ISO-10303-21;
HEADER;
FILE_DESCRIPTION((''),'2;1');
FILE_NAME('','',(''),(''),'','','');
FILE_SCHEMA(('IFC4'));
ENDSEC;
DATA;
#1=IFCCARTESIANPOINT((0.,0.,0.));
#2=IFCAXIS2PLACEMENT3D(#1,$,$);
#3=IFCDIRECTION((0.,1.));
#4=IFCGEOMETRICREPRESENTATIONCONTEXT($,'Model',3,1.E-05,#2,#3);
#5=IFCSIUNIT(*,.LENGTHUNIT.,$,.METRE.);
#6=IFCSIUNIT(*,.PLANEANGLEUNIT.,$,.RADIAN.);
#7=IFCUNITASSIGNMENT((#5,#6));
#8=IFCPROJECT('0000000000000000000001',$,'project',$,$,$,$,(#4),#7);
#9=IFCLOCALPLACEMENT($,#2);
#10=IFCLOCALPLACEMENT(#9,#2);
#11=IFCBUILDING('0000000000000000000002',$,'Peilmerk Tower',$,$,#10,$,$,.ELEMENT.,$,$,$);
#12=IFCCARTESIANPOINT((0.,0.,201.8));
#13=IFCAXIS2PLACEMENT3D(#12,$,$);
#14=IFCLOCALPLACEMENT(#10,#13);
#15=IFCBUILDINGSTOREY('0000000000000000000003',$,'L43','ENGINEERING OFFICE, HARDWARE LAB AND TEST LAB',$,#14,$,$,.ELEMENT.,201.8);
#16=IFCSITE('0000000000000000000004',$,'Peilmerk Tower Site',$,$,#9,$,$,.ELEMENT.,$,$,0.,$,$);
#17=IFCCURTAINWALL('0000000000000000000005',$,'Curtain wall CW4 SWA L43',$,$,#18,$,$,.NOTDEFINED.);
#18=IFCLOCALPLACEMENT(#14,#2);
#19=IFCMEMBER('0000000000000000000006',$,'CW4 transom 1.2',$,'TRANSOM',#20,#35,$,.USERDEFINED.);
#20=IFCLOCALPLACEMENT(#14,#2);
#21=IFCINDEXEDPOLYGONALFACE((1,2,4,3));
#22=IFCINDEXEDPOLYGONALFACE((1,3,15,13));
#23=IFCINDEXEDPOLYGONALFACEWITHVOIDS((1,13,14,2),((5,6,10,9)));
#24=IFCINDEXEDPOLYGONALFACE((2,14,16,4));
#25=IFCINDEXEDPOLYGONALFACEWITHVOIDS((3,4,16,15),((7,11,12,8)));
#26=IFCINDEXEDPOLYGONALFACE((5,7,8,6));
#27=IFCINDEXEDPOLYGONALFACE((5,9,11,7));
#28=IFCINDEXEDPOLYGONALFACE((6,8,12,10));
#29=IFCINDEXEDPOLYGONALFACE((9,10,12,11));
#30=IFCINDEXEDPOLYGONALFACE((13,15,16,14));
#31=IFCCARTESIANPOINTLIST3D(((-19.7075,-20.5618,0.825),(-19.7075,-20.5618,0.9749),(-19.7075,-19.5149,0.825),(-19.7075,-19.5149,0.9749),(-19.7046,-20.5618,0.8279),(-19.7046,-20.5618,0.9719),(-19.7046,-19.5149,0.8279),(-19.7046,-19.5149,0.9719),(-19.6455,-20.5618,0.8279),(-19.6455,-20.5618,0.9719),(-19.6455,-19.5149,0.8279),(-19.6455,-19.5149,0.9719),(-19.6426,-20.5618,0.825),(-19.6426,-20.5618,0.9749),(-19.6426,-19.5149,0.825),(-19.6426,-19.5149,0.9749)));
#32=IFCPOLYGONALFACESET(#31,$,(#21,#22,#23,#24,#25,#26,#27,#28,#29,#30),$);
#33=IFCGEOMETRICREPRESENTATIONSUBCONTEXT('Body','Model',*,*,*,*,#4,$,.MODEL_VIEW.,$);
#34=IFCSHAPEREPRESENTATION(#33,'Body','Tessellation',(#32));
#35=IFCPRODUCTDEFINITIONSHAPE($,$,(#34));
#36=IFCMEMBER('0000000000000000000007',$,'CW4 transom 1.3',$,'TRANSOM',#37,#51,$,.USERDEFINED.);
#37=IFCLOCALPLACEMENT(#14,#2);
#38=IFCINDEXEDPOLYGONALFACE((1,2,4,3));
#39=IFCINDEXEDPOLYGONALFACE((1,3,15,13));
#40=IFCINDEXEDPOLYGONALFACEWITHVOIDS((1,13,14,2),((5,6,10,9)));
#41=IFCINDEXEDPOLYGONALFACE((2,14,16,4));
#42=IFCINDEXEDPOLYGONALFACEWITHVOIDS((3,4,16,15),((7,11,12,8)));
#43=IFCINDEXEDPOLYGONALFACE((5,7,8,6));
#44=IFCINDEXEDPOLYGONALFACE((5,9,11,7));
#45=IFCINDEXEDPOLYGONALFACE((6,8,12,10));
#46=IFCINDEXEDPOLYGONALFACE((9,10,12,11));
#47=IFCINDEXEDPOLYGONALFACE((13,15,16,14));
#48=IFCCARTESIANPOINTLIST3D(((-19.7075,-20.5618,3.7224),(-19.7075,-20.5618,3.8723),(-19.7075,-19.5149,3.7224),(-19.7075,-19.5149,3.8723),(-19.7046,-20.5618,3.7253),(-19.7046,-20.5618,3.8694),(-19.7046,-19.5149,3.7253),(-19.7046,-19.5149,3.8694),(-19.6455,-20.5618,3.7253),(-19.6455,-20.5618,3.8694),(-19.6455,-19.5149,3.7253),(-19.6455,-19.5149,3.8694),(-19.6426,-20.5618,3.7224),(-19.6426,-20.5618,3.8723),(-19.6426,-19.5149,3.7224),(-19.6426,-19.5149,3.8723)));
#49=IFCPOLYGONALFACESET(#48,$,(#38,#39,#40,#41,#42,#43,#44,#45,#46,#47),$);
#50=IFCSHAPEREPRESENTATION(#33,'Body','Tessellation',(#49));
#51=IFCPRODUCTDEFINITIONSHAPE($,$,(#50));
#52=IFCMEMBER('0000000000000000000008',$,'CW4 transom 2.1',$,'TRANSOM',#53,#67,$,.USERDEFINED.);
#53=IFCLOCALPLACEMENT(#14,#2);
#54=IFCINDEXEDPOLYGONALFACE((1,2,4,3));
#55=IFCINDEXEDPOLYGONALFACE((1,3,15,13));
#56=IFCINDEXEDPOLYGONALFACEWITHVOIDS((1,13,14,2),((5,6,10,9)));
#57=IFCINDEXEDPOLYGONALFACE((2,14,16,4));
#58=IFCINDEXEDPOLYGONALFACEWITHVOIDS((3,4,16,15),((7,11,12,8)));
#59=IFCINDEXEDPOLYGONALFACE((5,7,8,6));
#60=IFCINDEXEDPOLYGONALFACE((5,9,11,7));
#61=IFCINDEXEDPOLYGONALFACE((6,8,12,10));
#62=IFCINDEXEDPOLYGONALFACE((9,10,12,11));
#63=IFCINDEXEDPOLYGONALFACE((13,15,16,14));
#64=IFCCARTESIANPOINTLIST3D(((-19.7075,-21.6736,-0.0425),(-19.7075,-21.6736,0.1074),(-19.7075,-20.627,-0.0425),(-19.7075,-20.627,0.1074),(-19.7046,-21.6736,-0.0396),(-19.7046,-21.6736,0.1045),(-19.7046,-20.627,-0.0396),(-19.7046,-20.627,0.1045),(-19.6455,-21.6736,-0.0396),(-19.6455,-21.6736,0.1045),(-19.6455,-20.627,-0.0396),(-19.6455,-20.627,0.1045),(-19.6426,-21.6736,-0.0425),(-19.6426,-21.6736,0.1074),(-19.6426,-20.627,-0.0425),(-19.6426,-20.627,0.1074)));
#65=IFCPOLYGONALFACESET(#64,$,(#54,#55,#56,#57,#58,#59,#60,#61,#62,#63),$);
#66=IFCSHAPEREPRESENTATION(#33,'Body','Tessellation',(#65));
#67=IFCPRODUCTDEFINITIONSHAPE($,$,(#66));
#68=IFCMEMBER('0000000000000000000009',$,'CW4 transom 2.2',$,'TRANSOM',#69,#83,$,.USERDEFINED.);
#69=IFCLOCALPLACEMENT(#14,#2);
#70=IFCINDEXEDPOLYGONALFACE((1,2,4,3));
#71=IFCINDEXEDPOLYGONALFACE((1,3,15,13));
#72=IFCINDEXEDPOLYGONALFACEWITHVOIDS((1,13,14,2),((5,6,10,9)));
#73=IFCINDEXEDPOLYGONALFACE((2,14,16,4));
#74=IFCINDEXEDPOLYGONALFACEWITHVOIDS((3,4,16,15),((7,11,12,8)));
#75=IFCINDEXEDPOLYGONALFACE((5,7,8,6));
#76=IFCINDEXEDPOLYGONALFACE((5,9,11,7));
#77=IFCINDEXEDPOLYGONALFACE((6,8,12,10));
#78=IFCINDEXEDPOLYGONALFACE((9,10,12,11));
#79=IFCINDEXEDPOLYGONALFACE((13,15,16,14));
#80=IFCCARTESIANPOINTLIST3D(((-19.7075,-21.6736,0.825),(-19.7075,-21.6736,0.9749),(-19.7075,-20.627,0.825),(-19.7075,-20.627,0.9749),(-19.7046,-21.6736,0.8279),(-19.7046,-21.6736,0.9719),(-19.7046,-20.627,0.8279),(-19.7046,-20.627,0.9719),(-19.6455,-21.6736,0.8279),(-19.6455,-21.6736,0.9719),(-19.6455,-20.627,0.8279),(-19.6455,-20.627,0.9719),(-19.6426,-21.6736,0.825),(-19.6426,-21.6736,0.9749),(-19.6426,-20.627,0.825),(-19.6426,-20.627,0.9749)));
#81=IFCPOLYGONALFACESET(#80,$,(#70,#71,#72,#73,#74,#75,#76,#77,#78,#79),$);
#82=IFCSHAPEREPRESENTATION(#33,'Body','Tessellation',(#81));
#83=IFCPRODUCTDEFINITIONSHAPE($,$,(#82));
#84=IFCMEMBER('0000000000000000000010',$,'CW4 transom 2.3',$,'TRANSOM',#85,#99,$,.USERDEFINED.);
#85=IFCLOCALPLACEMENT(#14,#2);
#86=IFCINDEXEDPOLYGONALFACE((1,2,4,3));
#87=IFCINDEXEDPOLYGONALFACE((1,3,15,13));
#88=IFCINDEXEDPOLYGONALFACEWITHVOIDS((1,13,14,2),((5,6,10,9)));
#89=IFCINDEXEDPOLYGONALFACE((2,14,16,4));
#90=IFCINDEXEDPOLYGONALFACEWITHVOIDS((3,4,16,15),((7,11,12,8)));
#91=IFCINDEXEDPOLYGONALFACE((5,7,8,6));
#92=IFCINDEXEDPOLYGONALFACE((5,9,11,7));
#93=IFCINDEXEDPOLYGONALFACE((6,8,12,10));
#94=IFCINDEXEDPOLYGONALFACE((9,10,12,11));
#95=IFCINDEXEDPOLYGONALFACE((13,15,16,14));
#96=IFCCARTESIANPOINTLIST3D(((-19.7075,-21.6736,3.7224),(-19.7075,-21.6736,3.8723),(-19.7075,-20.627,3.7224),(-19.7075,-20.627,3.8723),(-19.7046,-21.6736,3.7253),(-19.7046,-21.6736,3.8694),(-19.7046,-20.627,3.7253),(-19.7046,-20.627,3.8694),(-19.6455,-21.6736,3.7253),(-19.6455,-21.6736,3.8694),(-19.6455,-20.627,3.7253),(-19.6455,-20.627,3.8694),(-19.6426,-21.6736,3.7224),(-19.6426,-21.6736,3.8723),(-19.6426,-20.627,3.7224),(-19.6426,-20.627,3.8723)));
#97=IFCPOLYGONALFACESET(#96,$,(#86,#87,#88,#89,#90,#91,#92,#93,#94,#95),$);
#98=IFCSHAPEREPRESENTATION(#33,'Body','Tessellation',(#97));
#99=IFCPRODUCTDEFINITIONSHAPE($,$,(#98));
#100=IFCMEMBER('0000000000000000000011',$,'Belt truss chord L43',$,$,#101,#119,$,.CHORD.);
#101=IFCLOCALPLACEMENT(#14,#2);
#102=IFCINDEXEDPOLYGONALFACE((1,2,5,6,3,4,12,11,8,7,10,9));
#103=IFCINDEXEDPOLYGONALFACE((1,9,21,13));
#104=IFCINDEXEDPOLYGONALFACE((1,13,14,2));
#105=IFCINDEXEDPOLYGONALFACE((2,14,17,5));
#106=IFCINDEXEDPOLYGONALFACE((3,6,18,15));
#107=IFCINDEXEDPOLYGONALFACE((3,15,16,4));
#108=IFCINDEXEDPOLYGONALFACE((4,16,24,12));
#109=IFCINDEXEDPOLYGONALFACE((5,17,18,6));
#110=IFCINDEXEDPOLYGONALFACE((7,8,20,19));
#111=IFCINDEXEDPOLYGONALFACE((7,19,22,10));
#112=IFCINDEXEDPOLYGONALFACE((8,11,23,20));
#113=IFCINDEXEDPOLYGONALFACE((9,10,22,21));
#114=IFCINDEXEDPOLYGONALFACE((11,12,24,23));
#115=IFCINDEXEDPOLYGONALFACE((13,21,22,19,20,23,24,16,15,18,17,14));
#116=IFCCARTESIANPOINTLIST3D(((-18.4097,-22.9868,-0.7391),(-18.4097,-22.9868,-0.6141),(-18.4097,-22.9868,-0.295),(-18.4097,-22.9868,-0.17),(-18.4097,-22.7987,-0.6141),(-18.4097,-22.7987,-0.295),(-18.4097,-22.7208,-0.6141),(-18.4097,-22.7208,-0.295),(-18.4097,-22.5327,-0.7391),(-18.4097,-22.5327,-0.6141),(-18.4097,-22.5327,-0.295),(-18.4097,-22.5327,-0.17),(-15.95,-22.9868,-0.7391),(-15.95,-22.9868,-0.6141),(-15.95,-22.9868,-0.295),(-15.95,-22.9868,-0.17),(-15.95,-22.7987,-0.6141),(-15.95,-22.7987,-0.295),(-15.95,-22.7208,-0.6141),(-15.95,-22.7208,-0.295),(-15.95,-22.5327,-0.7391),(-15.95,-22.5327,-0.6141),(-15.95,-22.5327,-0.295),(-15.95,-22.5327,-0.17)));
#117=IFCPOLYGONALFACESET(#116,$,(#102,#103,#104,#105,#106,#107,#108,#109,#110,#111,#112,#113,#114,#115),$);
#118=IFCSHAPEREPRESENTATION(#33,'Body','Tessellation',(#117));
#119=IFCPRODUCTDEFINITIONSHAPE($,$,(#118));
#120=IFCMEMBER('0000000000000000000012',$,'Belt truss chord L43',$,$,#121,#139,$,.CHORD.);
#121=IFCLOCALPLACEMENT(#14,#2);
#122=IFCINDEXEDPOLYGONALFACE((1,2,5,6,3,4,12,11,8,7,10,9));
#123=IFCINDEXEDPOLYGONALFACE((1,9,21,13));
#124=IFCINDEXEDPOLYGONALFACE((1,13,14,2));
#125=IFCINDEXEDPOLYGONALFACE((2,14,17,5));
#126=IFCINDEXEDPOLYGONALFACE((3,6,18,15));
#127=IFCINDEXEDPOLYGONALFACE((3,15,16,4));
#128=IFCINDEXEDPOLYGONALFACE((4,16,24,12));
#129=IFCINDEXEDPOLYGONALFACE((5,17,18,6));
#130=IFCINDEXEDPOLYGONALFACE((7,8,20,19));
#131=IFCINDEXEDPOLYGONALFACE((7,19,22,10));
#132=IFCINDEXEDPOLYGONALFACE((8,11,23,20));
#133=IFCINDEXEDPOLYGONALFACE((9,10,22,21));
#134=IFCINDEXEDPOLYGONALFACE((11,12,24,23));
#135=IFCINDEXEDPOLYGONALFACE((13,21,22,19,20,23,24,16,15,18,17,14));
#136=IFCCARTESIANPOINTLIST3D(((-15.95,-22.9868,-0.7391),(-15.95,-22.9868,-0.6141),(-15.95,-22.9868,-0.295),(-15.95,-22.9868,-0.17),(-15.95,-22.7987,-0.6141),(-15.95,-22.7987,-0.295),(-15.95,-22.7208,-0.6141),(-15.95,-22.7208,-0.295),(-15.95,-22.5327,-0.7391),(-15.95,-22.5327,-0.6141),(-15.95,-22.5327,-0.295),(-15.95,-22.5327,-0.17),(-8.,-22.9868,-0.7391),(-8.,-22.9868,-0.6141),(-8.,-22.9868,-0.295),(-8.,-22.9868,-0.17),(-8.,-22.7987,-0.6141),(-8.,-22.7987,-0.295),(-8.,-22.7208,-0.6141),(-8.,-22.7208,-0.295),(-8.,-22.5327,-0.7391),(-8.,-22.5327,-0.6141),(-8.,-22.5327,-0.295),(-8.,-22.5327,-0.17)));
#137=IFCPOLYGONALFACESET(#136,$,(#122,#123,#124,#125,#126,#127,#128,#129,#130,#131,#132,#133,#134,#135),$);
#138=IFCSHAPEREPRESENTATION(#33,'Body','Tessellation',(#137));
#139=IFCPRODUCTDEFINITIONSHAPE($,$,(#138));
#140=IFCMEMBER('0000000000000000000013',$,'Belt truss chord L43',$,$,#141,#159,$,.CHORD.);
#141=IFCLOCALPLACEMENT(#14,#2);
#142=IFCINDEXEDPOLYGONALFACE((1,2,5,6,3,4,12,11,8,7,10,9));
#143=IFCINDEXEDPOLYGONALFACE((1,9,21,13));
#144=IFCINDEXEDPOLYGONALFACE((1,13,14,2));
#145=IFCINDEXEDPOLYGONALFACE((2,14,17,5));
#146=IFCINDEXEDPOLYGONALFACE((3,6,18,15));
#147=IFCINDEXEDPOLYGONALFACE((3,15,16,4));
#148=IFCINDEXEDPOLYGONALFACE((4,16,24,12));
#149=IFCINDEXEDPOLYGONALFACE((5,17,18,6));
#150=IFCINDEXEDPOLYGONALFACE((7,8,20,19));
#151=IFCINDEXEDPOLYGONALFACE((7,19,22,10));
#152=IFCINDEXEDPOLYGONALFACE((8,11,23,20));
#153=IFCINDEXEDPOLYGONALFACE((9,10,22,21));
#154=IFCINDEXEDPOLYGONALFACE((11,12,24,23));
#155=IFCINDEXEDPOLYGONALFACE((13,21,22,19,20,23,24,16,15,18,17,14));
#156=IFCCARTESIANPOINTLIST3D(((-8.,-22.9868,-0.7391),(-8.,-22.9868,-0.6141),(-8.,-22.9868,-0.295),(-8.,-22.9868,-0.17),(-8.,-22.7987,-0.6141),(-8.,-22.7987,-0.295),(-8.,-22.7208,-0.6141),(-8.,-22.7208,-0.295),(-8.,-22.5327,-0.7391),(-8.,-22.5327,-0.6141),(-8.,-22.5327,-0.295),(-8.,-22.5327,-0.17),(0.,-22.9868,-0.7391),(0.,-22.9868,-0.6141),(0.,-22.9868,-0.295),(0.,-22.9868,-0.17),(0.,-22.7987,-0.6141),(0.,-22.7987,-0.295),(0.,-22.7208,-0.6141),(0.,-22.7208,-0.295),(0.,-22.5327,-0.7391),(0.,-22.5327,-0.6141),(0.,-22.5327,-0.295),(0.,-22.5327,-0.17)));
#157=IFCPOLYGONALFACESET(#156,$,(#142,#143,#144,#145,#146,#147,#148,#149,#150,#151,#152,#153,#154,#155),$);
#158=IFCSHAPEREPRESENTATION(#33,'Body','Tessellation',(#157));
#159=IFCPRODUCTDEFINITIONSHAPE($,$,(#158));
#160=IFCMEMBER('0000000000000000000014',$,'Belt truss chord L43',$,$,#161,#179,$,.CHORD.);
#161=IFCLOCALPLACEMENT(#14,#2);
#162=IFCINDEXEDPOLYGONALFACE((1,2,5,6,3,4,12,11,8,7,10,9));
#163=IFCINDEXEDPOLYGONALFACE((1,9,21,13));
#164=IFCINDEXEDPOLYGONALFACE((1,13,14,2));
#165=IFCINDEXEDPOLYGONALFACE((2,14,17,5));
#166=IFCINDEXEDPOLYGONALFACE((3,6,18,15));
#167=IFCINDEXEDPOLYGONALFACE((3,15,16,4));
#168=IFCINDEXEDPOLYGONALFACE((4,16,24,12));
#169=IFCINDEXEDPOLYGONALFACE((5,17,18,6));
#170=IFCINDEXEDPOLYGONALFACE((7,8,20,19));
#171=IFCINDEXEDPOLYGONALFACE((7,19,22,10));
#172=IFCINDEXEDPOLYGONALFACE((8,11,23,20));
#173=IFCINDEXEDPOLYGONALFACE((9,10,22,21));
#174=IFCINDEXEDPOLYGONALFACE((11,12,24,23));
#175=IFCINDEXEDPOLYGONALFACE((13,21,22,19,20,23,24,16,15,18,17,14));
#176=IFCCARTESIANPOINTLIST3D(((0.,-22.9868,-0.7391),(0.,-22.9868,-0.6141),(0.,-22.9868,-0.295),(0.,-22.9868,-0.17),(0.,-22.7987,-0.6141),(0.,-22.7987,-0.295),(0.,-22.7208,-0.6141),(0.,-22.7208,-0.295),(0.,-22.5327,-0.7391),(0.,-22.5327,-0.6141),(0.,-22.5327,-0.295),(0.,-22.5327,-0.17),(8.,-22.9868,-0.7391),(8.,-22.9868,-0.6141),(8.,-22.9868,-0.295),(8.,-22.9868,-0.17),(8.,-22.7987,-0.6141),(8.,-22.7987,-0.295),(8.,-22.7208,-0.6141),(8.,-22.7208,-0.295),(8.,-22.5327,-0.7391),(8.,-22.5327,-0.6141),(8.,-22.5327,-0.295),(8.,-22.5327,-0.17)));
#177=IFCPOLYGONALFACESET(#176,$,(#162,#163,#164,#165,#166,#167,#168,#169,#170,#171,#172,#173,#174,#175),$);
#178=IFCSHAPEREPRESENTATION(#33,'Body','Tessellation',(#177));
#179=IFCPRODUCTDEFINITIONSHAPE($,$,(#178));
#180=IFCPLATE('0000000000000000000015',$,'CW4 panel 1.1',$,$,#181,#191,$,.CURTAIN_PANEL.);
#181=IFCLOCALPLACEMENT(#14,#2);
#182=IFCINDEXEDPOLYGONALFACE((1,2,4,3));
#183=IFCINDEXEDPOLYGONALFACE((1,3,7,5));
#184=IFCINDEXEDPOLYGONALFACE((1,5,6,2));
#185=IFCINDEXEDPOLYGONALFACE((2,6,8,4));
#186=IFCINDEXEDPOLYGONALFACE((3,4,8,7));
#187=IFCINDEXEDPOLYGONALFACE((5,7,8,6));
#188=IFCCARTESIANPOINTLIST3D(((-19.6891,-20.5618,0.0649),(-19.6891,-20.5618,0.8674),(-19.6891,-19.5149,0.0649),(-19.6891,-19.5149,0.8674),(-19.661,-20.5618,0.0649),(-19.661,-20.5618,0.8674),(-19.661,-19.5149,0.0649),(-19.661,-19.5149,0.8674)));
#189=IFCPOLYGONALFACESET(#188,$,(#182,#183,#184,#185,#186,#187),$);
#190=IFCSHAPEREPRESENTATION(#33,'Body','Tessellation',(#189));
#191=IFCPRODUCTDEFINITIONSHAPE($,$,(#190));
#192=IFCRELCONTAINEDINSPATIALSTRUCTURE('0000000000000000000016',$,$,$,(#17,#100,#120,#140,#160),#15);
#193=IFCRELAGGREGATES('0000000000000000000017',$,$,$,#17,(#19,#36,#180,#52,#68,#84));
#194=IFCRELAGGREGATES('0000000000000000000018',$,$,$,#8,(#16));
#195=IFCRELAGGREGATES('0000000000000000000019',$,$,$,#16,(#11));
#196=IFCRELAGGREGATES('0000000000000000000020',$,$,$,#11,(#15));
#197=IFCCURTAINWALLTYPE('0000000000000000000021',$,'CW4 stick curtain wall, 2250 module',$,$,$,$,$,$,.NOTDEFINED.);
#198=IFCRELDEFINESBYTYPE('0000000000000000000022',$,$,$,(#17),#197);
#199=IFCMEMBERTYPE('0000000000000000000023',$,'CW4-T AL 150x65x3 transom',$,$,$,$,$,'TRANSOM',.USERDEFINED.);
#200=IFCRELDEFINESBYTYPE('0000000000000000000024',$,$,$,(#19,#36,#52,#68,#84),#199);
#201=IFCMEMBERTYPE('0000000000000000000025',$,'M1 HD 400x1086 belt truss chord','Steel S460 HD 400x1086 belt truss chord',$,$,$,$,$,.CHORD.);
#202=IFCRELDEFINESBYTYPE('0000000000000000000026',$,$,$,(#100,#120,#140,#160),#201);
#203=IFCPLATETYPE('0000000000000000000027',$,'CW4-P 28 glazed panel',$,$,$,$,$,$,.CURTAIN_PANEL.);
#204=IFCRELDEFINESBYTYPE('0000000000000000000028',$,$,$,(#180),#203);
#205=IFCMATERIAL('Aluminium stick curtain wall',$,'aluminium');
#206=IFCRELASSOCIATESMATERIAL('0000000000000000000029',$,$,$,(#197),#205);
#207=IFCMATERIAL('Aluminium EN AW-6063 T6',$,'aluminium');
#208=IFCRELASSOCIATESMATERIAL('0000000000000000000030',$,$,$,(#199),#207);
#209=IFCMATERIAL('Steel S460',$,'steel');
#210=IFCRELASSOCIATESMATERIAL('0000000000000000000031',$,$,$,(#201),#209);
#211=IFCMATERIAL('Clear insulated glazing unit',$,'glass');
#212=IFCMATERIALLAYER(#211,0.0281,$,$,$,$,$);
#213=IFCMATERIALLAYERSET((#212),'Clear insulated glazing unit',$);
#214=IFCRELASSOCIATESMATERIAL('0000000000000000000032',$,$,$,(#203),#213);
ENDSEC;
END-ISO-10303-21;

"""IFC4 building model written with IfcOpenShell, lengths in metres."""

from ifc_helpers import new_model, si_unit, direction, frame, origin, origin_2d, place, context, subcontext, project, spatial, rectangle, hollow_rectangle, i_section, extrude, material, layer, layer_set, material_profile, profile_set, type_object, element, aggregate, save


model = new_model("IFC4")

# Units and contexts
model_context = context("Model", 3, precision=1e-05, world=origin(), true_north=direction((0.0, 1.0)))
body_context = subcontext(model_context, "Body", "Model", "MODEL_VIEW")
ifc_project = project(units=[si_unit("LENGTHUNIT", "METRE"), si_unit("PLANEANGLEUNIT", "RADIAN")], contexts=[model_context])

# Site, building, storey
site_placement = place(None, origin())
site = spatial("IfcSite", under=ifc_project, at=site_placement, Name="Peilmerk Tower Site", CompositionType="ELEMENT", RefElevation=0.0)
building_placement = place(site_placement, origin())
building = spatial("IfcBuilding", under=site, at=building_placement, Name="Peilmerk Tower", CompositionType="ELEMENT")
storey_placement = place(building_placement, frame((0.0, 0.0, 201.8)))
storey = spatial("IfcBuildingStorey", under=building, at=storey_placement, Name="L43", Description="ENGINEERING OFFICE, HARDWARE LAB AND TEST LAB", CompositionType="ELEMENT", Elevation=201.8)

# Shared definitions
ifc_material_1 = material(Name="Steel S460", Category="steel")

# Curtain wall, members
ifc_material_2 = material(Name="Aluminium stick curtain wall", Category="aluminium")
curtain_wall_type = type_object("IfcCurtainWallType", Name="CW4 stick curtain wall, 2250 module", PredefinedType="NOTDEFINED", material=ifc_material_2)
curtain_wall_placement = place(storey_placement, origin())
curtain_wall = element("IfcCurtainWall", 1, at=curtain_wall_placement, inside=storey, type_object=curtain_wall_type, Name="Curtain wall CW4 SWA L43", PredefinedType="NOTDEFINED")
ifc_material_3 = material(Name="Aluminium EN AW-6063 T6", Category="aluminium")
ifc_material_profile_1 = material_profile(ifc_material_3, hollow_rectangle(XDim=0.0649, YDim=0.1499, WallThickness=0.0029, at=origin_2d()), Name="AL 150x65x3")
ifc_profile_set_1 = profile_set([ifc_material_profile_1], Name="Aluminium EN AW-6063 T6")
member_type_1 = type_object("IfcMemberType", Name="CW4-T AL 150x65x3 transom", ElementType="TRANSOM", PredefinedType="USERDEFINED", material=ifc_profile_set_1)
member_1_placement = place(storey_placement, frame((-19.675, -19.5149, 0.8999), z_axis=(0.0, -1.0, 0.0), x_axis=(1.0, 0.0, 0.0)))
member_1 = element("IfcMember", 2, at=member_1_placement, type_object=member_type_1, Name="CW4 transom 1.2", ObjectType="TRANSOM", PredefinedType="USERDEFINED", context=body_context, shape_type="SweptSolid", body=[
    extrude(hollow_rectangle(XDim=0.0649, YDim=0.1499, WallThickness=0.0029, at=origin_2d()), origin(), (0.0, 0.0, 1.0), 1.0469),
])
member_2_placement = place(storey_placement, frame((-19.675, -19.5149, 3.7974), z_axis=(0.0, -1.0, 0.0), x_axis=(1.0, 0.0, 0.0)))
member_2 = element("IfcMember", 3, at=member_2_placement, type_object=member_type_1, Name="CW4 transom 1.3", ObjectType="TRANSOM", PredefinedType="USERDEFINED", context=body_context, shape_type="SweptSolid", body=[
    extrude(hollow_rectangle(XDim=0.0649, YDim=0.1499, WallThickness=0.0029, at=origin_2d()), origin(), (0.0, 0.0, 1.0), 1.0469),
])
member_3_placement = place(storey_placement, frame((-19.675, -20.627, 0.0325), z_axis=(0.0, -1.0, 0.0), x_axis=(1.0, 0.0, 0.0)))
member_3 = element("IfcMember", 4, at=member_3_placement, type_object=member_type_1, Name="CW4 transom 2.1", ObjectType="TRANSOM", PredefinedType="USERDEFINED", context=body_context, shape_type="SweptSolid", body=[
    extrude(hollow_rectangle(XDim=0.0649, YDim=0.1499, WallThickness=0.0029, at=origin_2d()), origin(), (0.0, 0.0, 1.0), 1.0466),
])
member_4_placement = place(storey_placement, frame((-19.675, -20.627, 0.8999), z_axis=(0.0, -1.0, 0.0), x_axis=(1.0, 0.0, 0.0)))
member_4 = element("IfcMember", 5, at=member_4_placement, type_object=member_type_1, Name="CW4 transom 2.2", ObjectType="TRANSOM", PredefinedType="USERDEFINED", context=body_context, shape_type="SweptSolid", body=[
    extrude(hollow_rectangle(XDim=0.0649, YDim=0.1499, WallThickness=0.0029, at=origin_2d()), origin(), (0.0, 0.0, 1.0), 1.0466),
])
member_5_placement = place(storey_placement, frame((-19.675, -20.627, 3.7974), z_axis=(0.0, -1.0, 0.0), x_axis=(1.0, 0.0, 0.0)))
member_5 = element("IfcMember", 6, at=member_5_placement, type_object=member_type_1, Name="CW4 transom 2.3", ObjectType="TRANSOM", PredefinedType="USERDEFINED", context=body_context, shape_type="SweptSolid", body=[
    extrude(hollow_rectangle(XDim=0.0649, YDim=0.1499, WallThickness=0.0029, at=origin_2d()), origin(), (0.0, 0.0, 1.0), 1.0466),
])

# Members
ifc_material_profile_2 = material_profile(ifc_material_1, i_section(OverallWidth=0.4541, OverallDepth=0.5691, WebThickness=0.0779, FlangeThickness=0.125, at=origin_2d()), Name="HD 400x1086")
ifc_profile_set_2 = profile_set([ifc_material_profile_2], Name="Steel S460")
member_type_2 = type_object("IfcMemberType", Name="M1 HD 400x1086 belt truss chord", Description="Steel S460 HD 400x1086 belt truss chord", PredefinedType="CHORD", material=ifc_profile_set_2)
member_6_placement = place(storey_placement, frame((-18.4097, -22.7598, -0.4546), z_axis=(1.0, 0.0, 0.0), x_axis=(0.0, 1.0, 0.0)))
element("IfcMember", 7, at=member_6_placement, inside=storey, type_object=member_type_2, Name="Belt truss chord L43", PredefinedType="CHORD", context=body_context, shape_type="SweptSolid", body=[
    extrude(i_section(OverallWidth=0.4541, OverallDepth=0.5691, WebThickness=0.0779, FlangeThickness=0.125, at=origin_2d()), origin(), (0.0, 0.0, 1.0), 2.4597),
])
member_7_placement = place(storey_placement, frame((-15.95, -22.7598, -0.4546), z_axis=(1.0, 0.0, 0.0), x_axis=(0.0, 1.0, 0.0)))
element("IfcMember", 8, at=member_7_placement, inside=storey, type_object=member_type_2, Name="Belt truss chord L43", PredefinedType="CHORD", context=body_context, shape_type="SweptSolid", body=[
    extrude(i_section(OverallWidth=0.4541, OverallDepth=0.5691, WebThickness=0.0779, FlangeThickness=0.125, at=origin_2d()), origin(), (0.0, 0.0, 1.0), 7.95),
])
for number, where, z_axis, x_axis, name in (
    (9, (-8.0, -22.7598, -0.4546), (1.0, 0.0, 0.0), (0.0, 1.0, 0.0), "Belt truss chord L43"),
    (10, (0.0, -22.7598, -0.4546), (1.0, 0.0, 0.0), (0.0, 1.0, 0.0), "Belt truss chord L43"),
):
    element("IfcMember", number, at=place(storey_placement, frame(where, z_axis=z_axis, x_axis=x_axis)), inside=storey, type_object=member_type_2, Name=name, PredefinedType="CHORD", context=body_context, shape_type="SweptSolid", body=[
        extrude(i_section(OverallWidth=0.4541, OverallDepth=0.5691, WebThickness=0.0779, FlangeThickness=0.125, at=origin_2d()), origin(), (0.0, 0.0, 1.0), 8.0),
    ])

# Plate
ifc_material_4 = material(Name="Clear insulated glazing unit", Category="glass")
ifc_layer_1 = layer(ifc_material_4, 0.0281)
ifc_layer_set_1 = layer_set([ifc_layer_1], Name="Clear insulated glazing unit")
plate_type = type_object("IfcPlateType", Name="CW4-P 28 glazed panel", PredefinedType="CURTAIN_PANEL", material=ifc_layer_set_1)
plate_1_placement = place(storey_placement, frame((-19.675, -20.0383, 0.0649), z_axis=(0.0, 0.0, 1.0), x_axis=(0.0, -1.0, 0.0)))
plate_1 = element("IfcPlate", 11, at=plate_1_placement, type_object=plate_type, Name="CW4 panel 1.1", PredefinedType="CURTAIN_PANEL", context=body_context, shape_type="SweptSolid", body=[
    extrude(rectangle(XDim=1.0469, YDim=0.0281, at=origin_2d()), origin(), (0.0, 0.0, 1.0), 0.8025),
])
aggregate(curtain_wall, [member_1, member_2, plate_1, member_3, member_4, member_5])

save(model, "model.ifc")
